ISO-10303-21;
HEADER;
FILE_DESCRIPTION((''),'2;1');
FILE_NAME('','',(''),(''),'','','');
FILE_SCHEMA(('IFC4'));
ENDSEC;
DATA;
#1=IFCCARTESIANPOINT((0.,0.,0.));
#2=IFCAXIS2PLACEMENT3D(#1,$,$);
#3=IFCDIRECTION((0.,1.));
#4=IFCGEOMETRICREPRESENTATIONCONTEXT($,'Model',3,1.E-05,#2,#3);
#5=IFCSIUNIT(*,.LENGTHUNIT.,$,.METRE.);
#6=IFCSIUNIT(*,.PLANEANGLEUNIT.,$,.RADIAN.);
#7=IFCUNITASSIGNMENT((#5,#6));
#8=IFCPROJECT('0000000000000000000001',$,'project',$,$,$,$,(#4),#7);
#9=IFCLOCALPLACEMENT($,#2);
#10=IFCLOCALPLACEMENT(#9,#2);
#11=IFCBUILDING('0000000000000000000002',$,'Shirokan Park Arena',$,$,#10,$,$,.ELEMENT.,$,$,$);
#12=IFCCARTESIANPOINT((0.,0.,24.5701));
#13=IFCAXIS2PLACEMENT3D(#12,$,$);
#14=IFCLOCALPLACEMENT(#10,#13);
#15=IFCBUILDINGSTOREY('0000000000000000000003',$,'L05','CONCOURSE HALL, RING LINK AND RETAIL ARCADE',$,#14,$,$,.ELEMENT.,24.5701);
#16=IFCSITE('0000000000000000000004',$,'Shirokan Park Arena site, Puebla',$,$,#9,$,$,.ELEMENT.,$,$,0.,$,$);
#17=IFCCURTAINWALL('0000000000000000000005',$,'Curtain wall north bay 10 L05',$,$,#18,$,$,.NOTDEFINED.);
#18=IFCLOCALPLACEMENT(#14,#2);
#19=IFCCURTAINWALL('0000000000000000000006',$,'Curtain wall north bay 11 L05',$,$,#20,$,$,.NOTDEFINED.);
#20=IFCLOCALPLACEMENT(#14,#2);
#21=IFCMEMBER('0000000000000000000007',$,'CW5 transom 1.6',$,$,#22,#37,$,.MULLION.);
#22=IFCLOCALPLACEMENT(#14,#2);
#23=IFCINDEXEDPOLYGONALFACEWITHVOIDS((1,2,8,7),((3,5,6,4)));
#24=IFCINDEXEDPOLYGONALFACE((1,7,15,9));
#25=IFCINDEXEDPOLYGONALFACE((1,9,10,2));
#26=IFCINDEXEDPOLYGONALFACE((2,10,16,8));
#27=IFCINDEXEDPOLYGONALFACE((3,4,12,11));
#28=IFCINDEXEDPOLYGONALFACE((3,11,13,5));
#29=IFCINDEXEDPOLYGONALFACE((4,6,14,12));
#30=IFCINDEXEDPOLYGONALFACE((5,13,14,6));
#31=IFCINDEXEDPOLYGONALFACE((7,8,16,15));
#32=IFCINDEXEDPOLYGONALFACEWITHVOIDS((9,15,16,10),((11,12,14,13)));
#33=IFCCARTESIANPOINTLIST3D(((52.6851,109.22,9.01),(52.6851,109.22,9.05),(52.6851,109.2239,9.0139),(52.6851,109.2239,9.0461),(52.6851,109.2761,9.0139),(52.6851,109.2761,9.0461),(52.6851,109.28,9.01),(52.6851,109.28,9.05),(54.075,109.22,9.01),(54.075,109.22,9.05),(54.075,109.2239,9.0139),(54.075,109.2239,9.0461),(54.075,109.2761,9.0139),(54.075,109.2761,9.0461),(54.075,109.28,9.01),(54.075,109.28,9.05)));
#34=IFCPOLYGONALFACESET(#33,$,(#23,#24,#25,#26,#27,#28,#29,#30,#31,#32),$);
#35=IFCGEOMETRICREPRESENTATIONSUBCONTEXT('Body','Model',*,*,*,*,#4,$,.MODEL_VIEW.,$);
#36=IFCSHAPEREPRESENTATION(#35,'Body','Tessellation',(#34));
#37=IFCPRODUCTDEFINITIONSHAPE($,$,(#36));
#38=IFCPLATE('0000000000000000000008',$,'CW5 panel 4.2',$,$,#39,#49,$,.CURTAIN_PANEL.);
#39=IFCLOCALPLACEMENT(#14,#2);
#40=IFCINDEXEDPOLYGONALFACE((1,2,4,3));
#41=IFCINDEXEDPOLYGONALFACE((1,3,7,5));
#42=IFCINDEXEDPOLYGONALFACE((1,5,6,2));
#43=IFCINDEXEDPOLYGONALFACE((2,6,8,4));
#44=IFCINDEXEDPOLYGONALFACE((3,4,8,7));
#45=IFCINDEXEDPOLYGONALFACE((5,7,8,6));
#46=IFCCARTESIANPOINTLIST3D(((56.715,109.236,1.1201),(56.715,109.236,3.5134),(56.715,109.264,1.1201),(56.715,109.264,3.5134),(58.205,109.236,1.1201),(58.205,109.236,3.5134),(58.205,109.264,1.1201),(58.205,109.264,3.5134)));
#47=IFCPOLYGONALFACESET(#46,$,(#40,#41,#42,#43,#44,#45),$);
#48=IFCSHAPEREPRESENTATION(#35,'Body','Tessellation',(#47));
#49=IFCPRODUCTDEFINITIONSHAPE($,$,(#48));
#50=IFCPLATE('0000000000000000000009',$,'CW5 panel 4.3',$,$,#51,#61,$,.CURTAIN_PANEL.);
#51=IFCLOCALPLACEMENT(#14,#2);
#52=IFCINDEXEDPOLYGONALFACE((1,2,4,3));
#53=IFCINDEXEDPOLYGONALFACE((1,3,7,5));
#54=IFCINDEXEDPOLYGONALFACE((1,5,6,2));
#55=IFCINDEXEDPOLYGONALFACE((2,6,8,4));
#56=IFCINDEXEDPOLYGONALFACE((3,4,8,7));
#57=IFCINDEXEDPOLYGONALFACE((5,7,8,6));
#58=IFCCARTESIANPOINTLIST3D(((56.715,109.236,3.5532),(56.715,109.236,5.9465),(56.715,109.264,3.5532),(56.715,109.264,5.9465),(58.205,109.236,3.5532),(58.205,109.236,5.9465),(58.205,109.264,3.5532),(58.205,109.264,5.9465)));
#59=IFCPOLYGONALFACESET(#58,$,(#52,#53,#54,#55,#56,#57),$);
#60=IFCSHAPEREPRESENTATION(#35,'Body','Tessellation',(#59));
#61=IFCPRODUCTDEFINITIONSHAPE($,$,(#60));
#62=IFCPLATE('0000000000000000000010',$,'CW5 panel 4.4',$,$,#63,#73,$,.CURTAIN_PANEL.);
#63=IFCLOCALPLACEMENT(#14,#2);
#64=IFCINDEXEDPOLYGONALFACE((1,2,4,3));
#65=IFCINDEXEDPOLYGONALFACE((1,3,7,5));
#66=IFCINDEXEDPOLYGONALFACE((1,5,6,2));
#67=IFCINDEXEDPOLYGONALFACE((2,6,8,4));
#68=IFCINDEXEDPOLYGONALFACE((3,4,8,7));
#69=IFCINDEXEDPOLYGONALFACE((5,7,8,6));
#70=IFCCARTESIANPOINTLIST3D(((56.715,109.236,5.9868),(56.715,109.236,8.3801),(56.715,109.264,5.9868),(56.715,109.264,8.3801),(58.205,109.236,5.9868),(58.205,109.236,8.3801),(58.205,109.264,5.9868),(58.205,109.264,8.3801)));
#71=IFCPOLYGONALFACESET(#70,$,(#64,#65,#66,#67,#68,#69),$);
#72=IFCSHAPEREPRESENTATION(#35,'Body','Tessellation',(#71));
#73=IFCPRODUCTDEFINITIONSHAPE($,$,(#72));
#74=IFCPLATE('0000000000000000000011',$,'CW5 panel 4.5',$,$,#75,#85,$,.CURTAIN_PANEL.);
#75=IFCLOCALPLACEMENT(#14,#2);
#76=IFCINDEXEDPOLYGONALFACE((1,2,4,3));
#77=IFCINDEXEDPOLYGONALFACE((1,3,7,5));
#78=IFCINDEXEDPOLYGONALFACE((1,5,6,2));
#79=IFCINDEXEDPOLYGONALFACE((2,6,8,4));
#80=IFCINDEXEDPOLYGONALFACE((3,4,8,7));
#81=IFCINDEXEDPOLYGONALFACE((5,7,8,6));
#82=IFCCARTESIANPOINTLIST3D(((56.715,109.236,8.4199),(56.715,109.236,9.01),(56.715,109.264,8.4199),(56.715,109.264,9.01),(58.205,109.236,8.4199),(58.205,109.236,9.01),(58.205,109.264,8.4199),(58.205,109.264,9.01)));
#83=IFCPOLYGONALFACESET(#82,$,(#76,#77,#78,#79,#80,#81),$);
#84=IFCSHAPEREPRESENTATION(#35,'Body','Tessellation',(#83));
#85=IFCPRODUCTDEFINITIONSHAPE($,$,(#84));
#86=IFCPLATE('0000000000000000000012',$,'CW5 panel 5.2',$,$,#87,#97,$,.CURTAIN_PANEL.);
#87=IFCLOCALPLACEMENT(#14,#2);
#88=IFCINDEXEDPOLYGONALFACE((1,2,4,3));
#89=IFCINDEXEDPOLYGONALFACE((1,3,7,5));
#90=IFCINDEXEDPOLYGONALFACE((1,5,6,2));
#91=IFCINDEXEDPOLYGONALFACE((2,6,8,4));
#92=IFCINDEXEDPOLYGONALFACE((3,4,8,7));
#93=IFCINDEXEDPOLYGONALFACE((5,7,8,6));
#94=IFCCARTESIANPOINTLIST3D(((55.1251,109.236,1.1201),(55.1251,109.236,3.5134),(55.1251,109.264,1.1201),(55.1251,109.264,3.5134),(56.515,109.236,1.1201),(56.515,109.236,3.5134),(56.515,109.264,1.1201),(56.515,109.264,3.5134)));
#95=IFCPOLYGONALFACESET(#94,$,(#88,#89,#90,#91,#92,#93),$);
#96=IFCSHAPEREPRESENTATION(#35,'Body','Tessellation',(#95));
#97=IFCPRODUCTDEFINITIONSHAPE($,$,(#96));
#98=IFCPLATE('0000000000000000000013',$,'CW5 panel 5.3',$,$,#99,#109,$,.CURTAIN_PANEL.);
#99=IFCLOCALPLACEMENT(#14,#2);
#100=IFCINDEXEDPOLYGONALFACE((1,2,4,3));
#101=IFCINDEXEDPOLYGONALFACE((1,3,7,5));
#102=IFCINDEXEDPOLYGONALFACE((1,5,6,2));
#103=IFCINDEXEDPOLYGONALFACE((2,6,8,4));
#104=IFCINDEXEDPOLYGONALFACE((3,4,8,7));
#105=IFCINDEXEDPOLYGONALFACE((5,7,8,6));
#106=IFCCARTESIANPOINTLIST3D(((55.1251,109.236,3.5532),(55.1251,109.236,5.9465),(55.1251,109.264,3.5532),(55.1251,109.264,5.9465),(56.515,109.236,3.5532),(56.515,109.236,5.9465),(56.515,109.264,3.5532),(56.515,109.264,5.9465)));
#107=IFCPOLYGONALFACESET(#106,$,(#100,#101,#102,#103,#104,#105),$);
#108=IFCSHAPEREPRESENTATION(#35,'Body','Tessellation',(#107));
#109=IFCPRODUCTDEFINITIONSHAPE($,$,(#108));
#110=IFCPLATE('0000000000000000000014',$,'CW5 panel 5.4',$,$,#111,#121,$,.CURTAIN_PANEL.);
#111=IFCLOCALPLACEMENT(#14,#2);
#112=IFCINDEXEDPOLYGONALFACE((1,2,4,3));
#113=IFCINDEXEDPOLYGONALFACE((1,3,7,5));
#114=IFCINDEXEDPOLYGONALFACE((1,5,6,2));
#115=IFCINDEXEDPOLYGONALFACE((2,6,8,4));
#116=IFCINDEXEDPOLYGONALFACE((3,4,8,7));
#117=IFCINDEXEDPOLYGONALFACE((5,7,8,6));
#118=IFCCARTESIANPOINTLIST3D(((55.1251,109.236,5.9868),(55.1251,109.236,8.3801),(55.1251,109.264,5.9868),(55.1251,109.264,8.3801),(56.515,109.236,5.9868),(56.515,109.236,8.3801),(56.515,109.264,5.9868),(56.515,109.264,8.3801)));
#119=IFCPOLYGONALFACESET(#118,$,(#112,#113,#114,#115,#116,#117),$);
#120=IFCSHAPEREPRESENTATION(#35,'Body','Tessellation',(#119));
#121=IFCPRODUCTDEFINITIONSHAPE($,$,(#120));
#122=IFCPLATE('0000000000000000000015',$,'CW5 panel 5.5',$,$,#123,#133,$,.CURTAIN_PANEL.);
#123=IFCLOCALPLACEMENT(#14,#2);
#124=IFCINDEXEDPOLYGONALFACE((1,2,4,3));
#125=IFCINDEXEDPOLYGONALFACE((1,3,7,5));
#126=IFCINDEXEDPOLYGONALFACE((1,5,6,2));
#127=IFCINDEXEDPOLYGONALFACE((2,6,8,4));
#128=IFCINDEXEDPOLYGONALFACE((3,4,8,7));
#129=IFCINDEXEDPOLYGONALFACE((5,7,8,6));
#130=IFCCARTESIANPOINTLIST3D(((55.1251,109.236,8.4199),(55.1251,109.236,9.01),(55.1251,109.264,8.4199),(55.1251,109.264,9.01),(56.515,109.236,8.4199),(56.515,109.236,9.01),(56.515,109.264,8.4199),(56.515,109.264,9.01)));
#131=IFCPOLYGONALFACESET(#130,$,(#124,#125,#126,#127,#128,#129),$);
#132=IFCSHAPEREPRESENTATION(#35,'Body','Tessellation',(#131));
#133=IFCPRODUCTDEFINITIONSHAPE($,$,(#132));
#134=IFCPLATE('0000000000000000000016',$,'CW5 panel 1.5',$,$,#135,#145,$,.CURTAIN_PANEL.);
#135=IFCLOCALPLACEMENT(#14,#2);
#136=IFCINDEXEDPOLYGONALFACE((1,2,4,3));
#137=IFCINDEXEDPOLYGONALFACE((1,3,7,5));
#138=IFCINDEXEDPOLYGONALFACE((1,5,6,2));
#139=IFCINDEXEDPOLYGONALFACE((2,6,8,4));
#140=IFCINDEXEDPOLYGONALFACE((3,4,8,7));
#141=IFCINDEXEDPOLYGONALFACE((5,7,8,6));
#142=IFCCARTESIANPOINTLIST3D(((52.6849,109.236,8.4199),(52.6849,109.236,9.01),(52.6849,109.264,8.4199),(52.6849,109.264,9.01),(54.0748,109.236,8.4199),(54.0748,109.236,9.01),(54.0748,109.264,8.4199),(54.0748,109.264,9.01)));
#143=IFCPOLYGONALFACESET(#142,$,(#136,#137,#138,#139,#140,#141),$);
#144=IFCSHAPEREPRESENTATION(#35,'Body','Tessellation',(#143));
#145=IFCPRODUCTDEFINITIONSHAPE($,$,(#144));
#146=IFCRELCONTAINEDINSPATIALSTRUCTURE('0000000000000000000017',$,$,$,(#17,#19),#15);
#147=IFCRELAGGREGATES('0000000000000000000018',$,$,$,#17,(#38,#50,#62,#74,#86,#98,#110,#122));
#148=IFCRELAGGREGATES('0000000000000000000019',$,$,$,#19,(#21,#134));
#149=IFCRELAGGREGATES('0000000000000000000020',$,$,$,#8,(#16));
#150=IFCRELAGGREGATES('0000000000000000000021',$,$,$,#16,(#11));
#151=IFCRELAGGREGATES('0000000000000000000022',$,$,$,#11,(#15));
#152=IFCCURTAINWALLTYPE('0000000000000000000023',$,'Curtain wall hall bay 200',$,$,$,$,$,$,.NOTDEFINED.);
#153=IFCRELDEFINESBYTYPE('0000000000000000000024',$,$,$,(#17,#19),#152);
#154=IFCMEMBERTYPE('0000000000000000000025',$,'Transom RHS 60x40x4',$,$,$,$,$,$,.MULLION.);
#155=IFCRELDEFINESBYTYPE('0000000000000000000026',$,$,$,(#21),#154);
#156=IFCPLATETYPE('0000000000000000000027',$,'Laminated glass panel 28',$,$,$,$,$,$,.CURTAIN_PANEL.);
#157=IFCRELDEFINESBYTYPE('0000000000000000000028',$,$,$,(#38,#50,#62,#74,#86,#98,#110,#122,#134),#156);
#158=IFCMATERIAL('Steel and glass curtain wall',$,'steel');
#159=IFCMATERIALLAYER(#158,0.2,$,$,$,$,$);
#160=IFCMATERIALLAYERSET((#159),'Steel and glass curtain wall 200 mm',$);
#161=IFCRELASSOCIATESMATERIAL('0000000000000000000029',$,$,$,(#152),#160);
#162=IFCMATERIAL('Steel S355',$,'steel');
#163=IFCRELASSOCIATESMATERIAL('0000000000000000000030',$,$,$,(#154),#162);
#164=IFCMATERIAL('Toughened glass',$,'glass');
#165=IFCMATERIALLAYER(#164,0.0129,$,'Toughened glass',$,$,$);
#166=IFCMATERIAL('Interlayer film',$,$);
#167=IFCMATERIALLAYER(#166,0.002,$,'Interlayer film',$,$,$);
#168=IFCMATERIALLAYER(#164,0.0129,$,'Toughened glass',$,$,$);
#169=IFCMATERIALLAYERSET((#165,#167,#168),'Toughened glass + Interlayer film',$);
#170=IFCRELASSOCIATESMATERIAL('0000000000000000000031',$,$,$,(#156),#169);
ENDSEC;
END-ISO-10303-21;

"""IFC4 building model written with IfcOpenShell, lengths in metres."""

from ifc_helpers import new_model, si_unit, direction, frame, origin, origin_2d, place, context, subcontext, project, spatial, rectangle, hollow_rectangle, extrude, material, layer, layer_set, material_profile, profile_set, type_object, element, aggregate, save


model = new_model("IFC4")

# Units and contexts
model_context = context("Model", 3, precision=1e-05, world=origin(), true_north=direction((0.0, 1.0)))
body_context = subcontext(model_context, "Body", "Model", "MODEL_VIEW")
ifc_project = project(units=[si_unit("LENGTHUNIT", "METRE"), si_unit("PLANEANGLEUNIT", "RADIAN")], contexts=[model_context])

# Site, building, storey
site_placement = place(None, origin())
site = spatial("IfcSite", under=ifc_project, at=site_placement, Name="Shirokan Park Arena site, Puebla", CompositionType="ELEMENT", RefElevation=0.0)
building_placement = place(site_placement, origin())
building = spatial("IfcBuilding", under=site, at=building_placement, Name="Shirokan Park Arena", CompositionType="ELEMENT")
storey_placement = place(building_placement, frame((0.0, 0.0, 24.5701)))
storey = spatial("IfcBuildingStorey", under=building, at=storey_placement, Name="L05", Description="CONCOURSE HALL, RING LINK AND RETAIL ARCADE", CompositionType="ELEMENT", Elevation=24.5701)

# Curtain walls, member
ifc_material_1 = material(Name="Steel and glass curtain wall", Category="steel")
ifc_layer_1 = layer(ifc_material_1, 0.2)
ifc_layer_set_1 = layer_set([ifc_layer_1], Name="Steel and glass curtain wall 200 mm")
curtain_wall_type = type_object("IfcCurtainWallType", Name="Curtain wall hall bay 200", PredefinedType="NOTDEFINED", material=ifc_layer_set_1)
curtain_wall_1_placement = place(storey_placement, origin())
curtain_wall_1 = element("IfcCurtainWall", 1, at=curtain_wall_1_placement, inside=storey, type_object=curtain_wall_type, Name="Curtain wall north bay 10 L05", PredefinedType="NOTDEFINED")
ifc_material_2 = material(Name="Steel S355", Category="steel")
ifc_material_profile = material_profile(ifc_material_2, hollow_rectangle(XDim=0.0601, YDim=0.04, WallThickness=0.0039, at=origin_2d()), Name="RHS 60x40x4")
ifc_profile_set = profile_set([ifc_material_profile], Name="Steel S355")
member_type = type_object("IfcMemberType", Name="Transom RHS 60x40x4", PredefinedType="MULLION", material=ifc_profile_set)
curtain_wall_2_placement = place(storey_placement, origin())
curtain_wall_2 = element("IfcCurtainWall", 2, at=curtain_wall_2_placement, inside=storey, type_object=curtain_wall_type, Name="Curtain wall north bay 11 L05", PredefinedType="NOTDEFINED")
member_1_placement = place(storey_placement, frame((54.075, 109.25, 9.03), z_axis=(-1.0, 0.0, 0.0), x_axis=(0.0, -1.0, 0.0)))
member_1 = element("IfcMember", 3, at=member_1_placement, type_object=member_type, Name="CW5 transom 1.6", PredefinedType="MULLION", context=body_context, shape_type="SweptSolid", body=[
    extrude(hollow_rectangle(XDim=0.0601, YDim=0.04, WallThickness=0.0039, at=origin_2d()), origin(), (0.0, 0.0, 1.0), 1.3899),
])

# Plates
ifc_material_3 = material(Name="Toughened glass", Category="glass")
ifc_layer_2 = layer(ifc_material_3, 0.0129, Name="Toughened glass")
ifc_material_4 = material(Name="Interlayer film")
ifc_layer_3 = layer(ifc_material_4, 0.002, Name="Interlayer film")
ifc_layer_4 = layer(ifc_material_3, 0.0129, Name="Toughened glass")
ifc_layer_set_2 = layer_set([ifc_layer_2, ifc_layer_3, ifc_layer_4], Name="Toughened glass + Interlayer film")
plate_type = type_object("IfcPlateType", Name="Laminated glass panel 28", PredefinedType="CURTAIN_PANEL", material=ifc_layer_set_2)
plate_1_placement = place(storey_placement, frame((57.46, 109.25, 1.1201), z_axis=(0.0, 0.0, 1.0), x_axis=(-1.0, 0.0, 0.0)))
plate_1 = element("IfcPlate", 4, at=plate_1_placement, type_object=plate_type, Name="CW5 panel 4.2", PredefinedType="CURTAIN_PANEL", context=body_context, shape_type="SweptSolid", body=[
    extrude(rectangle(XDim=1.49, YDim=0.0281, at=origin_2d()), origin(), (0.0, 0.0, 1.0), 2.3933),
])
plate_2_placement = place(storey_placement, frame((57.46, 109.25, 3.5532), z_axis=(0.0, 0.0, 1.0), x_axis=(-1.0, 0.0, 0.0)))
plate_2 = element("IfcPlate", 5, at=plate_2_placement, type_object=plate_type, Name="CW5 panel 4.3", PredefinedType="CURTAIN_PANEL", context=body_context, shape_type="SweptSolid", body=[
    extrude(rectangle(XDim=1.49, YDim=0.0281, at=origin_2d()), origin(), (0.0, 0.0, 1.0), 2.3933),
])
plate_3_placement = place(storey_placement, frame((57.46, 109.25, 5.9868), z_axis=(0.0, 0.0, 1.0), x_axis=(-1.0, 0.0, 0.0)))
plate_3 = element("IfcPlate", 6, at=plate_3_placement, type_object=plate_type, Name="CW5 panel 4.4", PredefinedType="CURTAIN_PANEL", context=body_context, shape_type="SweptSolid", body=[
    extrude(rectangle(XDim=1.49, YDim=0.0281, at=origin_2d()), origin(), (0.0, 0.0, 1.0), 2.3933),
])
plate_4_placement = place(storey_placement, frame((57.46, 109.25, 8.4199), z_axis=(0.0, 0.0, 1.0), x_axis=(-1.0, 0.0, 0.0)))
plate_4 = element("IfcPlate", 7, at=plate_4_placement, type_object=plate_type, Name="CW5 panel 4.5", PredefinedType="CURTAIN_PANEL", context=body_context, shape_type="SweptSolid", body=[
    extrude(rectangle(XDim=1.49, YDim=0.0281, at=origin_2d()), origin(), (0.0, 0.0, 1.0), 0.5901),
])
plate_5_placement = place(storey_placement, frame((55.8201, 109.25, 1.1201), z_axis=(0.0, 0.0, 1.0), x_axis=(-1.0, 0.0, 0.0)))
plate_5 = element("IfcPlate", 8, at=plate_5_placement, type_object=plate_type, Name="CW5 panel 5.2", PredefinedType="CURTAIN_PANEL", context=body_context, shape_type="SweptSolid", body=[
    extrude(rectangle(XDim=1.3899, YDim=0.0281, at=origin_2d()), origin(), (0.0, 0.0, 1.0), 2.3933),
])
plate_6_placement = place(storey_placement, frame((55.8201, 109.25, 3.5532), z_axis=(0.0, 0.0, 1.0), x_axis=(-1.0, 0.0, 0.0)))
plate_6 = element("IfcPlate", 9, at=plate_6_placement, type_object=plate_type, Name="CW5 panel 5.3", PredefinedType="CURTAIN_PANEL", context=body_context, shape_type="SweptSolid", body=[
    extrude(rectangle(XDim=1.3899, YDim=0.0281, at=origin_2d()), origin(), (0.0, 0.0, 1.0), 2.3933),
])
plate_7_placement = place(storey_placement, frame((55.8201, 109.25, 5.9868), z_axis=(0.0, 0.0, 1.0), x_axis=(-1.0, 0.0, 0.0)))
plate_7 = element("IfcPlate", 10, at=plate_7_placement, type_object=plate_type, Name="CW5 panel 5.4", PredefinedType="CURTAIN_PANEL", context=body_context, shape_type="SweptSolid", body=[
    extrude(rectangle(XDim=1.3899, YDim=0.0281, at=origin_2d()), origin(), (0.0, 0.0, 1.0), 2.3933),
])
plate_8_placement = place(storey_placement, frame((55.8201, 109.25, 8.4199), z_axis=(0.0, 0.0, 1.0), x_axis=(-1.0, 0.0, 0.0)))
plate_8 = element("IfcPlate", 11, at=plate_8_placement, type_object=plate_type, Name="CW5 panel 5.5", PredefinedType="CURTAIN_PANEL", context=body_context, shape_type="SweptSolid", body=[
    extrude(rectangle(XDim=1.3899, YDim=0.0281, at=origin_2d()), origin(), (0.0, 0.0, 1.0), 0.5901),
])
aggregate(curtain_wall_1, [plate_1, plate_2, plate_3, plate_4, plate_5, plate_6, plate_7, plate_8])
plate_9_placement = place(storey_placement, frame((53.3799, 109.25, 8.4199), z_axis=(0.0, 0.0, 1.0), x_axis=(-1.0, 0.0, 0.0)))
plate_9 = element("IfcPlate", 12, at=plate_9_placement, type_object=plate_type, Name="CW5 panel 1.5", PredefinedType="CURTAIN_PANEL", context=body_context, shape_type="SweptSolid", body=[
    extrude(rectangle(XDim=1.3899, YDim=0.0281, at=origin_2d()), origin(), (0.0, 0.0, 1.0), 0.5901),
])
aggregate(curtain_wall_2, [member_1, plate_9])

save(model, "model.ifc")
